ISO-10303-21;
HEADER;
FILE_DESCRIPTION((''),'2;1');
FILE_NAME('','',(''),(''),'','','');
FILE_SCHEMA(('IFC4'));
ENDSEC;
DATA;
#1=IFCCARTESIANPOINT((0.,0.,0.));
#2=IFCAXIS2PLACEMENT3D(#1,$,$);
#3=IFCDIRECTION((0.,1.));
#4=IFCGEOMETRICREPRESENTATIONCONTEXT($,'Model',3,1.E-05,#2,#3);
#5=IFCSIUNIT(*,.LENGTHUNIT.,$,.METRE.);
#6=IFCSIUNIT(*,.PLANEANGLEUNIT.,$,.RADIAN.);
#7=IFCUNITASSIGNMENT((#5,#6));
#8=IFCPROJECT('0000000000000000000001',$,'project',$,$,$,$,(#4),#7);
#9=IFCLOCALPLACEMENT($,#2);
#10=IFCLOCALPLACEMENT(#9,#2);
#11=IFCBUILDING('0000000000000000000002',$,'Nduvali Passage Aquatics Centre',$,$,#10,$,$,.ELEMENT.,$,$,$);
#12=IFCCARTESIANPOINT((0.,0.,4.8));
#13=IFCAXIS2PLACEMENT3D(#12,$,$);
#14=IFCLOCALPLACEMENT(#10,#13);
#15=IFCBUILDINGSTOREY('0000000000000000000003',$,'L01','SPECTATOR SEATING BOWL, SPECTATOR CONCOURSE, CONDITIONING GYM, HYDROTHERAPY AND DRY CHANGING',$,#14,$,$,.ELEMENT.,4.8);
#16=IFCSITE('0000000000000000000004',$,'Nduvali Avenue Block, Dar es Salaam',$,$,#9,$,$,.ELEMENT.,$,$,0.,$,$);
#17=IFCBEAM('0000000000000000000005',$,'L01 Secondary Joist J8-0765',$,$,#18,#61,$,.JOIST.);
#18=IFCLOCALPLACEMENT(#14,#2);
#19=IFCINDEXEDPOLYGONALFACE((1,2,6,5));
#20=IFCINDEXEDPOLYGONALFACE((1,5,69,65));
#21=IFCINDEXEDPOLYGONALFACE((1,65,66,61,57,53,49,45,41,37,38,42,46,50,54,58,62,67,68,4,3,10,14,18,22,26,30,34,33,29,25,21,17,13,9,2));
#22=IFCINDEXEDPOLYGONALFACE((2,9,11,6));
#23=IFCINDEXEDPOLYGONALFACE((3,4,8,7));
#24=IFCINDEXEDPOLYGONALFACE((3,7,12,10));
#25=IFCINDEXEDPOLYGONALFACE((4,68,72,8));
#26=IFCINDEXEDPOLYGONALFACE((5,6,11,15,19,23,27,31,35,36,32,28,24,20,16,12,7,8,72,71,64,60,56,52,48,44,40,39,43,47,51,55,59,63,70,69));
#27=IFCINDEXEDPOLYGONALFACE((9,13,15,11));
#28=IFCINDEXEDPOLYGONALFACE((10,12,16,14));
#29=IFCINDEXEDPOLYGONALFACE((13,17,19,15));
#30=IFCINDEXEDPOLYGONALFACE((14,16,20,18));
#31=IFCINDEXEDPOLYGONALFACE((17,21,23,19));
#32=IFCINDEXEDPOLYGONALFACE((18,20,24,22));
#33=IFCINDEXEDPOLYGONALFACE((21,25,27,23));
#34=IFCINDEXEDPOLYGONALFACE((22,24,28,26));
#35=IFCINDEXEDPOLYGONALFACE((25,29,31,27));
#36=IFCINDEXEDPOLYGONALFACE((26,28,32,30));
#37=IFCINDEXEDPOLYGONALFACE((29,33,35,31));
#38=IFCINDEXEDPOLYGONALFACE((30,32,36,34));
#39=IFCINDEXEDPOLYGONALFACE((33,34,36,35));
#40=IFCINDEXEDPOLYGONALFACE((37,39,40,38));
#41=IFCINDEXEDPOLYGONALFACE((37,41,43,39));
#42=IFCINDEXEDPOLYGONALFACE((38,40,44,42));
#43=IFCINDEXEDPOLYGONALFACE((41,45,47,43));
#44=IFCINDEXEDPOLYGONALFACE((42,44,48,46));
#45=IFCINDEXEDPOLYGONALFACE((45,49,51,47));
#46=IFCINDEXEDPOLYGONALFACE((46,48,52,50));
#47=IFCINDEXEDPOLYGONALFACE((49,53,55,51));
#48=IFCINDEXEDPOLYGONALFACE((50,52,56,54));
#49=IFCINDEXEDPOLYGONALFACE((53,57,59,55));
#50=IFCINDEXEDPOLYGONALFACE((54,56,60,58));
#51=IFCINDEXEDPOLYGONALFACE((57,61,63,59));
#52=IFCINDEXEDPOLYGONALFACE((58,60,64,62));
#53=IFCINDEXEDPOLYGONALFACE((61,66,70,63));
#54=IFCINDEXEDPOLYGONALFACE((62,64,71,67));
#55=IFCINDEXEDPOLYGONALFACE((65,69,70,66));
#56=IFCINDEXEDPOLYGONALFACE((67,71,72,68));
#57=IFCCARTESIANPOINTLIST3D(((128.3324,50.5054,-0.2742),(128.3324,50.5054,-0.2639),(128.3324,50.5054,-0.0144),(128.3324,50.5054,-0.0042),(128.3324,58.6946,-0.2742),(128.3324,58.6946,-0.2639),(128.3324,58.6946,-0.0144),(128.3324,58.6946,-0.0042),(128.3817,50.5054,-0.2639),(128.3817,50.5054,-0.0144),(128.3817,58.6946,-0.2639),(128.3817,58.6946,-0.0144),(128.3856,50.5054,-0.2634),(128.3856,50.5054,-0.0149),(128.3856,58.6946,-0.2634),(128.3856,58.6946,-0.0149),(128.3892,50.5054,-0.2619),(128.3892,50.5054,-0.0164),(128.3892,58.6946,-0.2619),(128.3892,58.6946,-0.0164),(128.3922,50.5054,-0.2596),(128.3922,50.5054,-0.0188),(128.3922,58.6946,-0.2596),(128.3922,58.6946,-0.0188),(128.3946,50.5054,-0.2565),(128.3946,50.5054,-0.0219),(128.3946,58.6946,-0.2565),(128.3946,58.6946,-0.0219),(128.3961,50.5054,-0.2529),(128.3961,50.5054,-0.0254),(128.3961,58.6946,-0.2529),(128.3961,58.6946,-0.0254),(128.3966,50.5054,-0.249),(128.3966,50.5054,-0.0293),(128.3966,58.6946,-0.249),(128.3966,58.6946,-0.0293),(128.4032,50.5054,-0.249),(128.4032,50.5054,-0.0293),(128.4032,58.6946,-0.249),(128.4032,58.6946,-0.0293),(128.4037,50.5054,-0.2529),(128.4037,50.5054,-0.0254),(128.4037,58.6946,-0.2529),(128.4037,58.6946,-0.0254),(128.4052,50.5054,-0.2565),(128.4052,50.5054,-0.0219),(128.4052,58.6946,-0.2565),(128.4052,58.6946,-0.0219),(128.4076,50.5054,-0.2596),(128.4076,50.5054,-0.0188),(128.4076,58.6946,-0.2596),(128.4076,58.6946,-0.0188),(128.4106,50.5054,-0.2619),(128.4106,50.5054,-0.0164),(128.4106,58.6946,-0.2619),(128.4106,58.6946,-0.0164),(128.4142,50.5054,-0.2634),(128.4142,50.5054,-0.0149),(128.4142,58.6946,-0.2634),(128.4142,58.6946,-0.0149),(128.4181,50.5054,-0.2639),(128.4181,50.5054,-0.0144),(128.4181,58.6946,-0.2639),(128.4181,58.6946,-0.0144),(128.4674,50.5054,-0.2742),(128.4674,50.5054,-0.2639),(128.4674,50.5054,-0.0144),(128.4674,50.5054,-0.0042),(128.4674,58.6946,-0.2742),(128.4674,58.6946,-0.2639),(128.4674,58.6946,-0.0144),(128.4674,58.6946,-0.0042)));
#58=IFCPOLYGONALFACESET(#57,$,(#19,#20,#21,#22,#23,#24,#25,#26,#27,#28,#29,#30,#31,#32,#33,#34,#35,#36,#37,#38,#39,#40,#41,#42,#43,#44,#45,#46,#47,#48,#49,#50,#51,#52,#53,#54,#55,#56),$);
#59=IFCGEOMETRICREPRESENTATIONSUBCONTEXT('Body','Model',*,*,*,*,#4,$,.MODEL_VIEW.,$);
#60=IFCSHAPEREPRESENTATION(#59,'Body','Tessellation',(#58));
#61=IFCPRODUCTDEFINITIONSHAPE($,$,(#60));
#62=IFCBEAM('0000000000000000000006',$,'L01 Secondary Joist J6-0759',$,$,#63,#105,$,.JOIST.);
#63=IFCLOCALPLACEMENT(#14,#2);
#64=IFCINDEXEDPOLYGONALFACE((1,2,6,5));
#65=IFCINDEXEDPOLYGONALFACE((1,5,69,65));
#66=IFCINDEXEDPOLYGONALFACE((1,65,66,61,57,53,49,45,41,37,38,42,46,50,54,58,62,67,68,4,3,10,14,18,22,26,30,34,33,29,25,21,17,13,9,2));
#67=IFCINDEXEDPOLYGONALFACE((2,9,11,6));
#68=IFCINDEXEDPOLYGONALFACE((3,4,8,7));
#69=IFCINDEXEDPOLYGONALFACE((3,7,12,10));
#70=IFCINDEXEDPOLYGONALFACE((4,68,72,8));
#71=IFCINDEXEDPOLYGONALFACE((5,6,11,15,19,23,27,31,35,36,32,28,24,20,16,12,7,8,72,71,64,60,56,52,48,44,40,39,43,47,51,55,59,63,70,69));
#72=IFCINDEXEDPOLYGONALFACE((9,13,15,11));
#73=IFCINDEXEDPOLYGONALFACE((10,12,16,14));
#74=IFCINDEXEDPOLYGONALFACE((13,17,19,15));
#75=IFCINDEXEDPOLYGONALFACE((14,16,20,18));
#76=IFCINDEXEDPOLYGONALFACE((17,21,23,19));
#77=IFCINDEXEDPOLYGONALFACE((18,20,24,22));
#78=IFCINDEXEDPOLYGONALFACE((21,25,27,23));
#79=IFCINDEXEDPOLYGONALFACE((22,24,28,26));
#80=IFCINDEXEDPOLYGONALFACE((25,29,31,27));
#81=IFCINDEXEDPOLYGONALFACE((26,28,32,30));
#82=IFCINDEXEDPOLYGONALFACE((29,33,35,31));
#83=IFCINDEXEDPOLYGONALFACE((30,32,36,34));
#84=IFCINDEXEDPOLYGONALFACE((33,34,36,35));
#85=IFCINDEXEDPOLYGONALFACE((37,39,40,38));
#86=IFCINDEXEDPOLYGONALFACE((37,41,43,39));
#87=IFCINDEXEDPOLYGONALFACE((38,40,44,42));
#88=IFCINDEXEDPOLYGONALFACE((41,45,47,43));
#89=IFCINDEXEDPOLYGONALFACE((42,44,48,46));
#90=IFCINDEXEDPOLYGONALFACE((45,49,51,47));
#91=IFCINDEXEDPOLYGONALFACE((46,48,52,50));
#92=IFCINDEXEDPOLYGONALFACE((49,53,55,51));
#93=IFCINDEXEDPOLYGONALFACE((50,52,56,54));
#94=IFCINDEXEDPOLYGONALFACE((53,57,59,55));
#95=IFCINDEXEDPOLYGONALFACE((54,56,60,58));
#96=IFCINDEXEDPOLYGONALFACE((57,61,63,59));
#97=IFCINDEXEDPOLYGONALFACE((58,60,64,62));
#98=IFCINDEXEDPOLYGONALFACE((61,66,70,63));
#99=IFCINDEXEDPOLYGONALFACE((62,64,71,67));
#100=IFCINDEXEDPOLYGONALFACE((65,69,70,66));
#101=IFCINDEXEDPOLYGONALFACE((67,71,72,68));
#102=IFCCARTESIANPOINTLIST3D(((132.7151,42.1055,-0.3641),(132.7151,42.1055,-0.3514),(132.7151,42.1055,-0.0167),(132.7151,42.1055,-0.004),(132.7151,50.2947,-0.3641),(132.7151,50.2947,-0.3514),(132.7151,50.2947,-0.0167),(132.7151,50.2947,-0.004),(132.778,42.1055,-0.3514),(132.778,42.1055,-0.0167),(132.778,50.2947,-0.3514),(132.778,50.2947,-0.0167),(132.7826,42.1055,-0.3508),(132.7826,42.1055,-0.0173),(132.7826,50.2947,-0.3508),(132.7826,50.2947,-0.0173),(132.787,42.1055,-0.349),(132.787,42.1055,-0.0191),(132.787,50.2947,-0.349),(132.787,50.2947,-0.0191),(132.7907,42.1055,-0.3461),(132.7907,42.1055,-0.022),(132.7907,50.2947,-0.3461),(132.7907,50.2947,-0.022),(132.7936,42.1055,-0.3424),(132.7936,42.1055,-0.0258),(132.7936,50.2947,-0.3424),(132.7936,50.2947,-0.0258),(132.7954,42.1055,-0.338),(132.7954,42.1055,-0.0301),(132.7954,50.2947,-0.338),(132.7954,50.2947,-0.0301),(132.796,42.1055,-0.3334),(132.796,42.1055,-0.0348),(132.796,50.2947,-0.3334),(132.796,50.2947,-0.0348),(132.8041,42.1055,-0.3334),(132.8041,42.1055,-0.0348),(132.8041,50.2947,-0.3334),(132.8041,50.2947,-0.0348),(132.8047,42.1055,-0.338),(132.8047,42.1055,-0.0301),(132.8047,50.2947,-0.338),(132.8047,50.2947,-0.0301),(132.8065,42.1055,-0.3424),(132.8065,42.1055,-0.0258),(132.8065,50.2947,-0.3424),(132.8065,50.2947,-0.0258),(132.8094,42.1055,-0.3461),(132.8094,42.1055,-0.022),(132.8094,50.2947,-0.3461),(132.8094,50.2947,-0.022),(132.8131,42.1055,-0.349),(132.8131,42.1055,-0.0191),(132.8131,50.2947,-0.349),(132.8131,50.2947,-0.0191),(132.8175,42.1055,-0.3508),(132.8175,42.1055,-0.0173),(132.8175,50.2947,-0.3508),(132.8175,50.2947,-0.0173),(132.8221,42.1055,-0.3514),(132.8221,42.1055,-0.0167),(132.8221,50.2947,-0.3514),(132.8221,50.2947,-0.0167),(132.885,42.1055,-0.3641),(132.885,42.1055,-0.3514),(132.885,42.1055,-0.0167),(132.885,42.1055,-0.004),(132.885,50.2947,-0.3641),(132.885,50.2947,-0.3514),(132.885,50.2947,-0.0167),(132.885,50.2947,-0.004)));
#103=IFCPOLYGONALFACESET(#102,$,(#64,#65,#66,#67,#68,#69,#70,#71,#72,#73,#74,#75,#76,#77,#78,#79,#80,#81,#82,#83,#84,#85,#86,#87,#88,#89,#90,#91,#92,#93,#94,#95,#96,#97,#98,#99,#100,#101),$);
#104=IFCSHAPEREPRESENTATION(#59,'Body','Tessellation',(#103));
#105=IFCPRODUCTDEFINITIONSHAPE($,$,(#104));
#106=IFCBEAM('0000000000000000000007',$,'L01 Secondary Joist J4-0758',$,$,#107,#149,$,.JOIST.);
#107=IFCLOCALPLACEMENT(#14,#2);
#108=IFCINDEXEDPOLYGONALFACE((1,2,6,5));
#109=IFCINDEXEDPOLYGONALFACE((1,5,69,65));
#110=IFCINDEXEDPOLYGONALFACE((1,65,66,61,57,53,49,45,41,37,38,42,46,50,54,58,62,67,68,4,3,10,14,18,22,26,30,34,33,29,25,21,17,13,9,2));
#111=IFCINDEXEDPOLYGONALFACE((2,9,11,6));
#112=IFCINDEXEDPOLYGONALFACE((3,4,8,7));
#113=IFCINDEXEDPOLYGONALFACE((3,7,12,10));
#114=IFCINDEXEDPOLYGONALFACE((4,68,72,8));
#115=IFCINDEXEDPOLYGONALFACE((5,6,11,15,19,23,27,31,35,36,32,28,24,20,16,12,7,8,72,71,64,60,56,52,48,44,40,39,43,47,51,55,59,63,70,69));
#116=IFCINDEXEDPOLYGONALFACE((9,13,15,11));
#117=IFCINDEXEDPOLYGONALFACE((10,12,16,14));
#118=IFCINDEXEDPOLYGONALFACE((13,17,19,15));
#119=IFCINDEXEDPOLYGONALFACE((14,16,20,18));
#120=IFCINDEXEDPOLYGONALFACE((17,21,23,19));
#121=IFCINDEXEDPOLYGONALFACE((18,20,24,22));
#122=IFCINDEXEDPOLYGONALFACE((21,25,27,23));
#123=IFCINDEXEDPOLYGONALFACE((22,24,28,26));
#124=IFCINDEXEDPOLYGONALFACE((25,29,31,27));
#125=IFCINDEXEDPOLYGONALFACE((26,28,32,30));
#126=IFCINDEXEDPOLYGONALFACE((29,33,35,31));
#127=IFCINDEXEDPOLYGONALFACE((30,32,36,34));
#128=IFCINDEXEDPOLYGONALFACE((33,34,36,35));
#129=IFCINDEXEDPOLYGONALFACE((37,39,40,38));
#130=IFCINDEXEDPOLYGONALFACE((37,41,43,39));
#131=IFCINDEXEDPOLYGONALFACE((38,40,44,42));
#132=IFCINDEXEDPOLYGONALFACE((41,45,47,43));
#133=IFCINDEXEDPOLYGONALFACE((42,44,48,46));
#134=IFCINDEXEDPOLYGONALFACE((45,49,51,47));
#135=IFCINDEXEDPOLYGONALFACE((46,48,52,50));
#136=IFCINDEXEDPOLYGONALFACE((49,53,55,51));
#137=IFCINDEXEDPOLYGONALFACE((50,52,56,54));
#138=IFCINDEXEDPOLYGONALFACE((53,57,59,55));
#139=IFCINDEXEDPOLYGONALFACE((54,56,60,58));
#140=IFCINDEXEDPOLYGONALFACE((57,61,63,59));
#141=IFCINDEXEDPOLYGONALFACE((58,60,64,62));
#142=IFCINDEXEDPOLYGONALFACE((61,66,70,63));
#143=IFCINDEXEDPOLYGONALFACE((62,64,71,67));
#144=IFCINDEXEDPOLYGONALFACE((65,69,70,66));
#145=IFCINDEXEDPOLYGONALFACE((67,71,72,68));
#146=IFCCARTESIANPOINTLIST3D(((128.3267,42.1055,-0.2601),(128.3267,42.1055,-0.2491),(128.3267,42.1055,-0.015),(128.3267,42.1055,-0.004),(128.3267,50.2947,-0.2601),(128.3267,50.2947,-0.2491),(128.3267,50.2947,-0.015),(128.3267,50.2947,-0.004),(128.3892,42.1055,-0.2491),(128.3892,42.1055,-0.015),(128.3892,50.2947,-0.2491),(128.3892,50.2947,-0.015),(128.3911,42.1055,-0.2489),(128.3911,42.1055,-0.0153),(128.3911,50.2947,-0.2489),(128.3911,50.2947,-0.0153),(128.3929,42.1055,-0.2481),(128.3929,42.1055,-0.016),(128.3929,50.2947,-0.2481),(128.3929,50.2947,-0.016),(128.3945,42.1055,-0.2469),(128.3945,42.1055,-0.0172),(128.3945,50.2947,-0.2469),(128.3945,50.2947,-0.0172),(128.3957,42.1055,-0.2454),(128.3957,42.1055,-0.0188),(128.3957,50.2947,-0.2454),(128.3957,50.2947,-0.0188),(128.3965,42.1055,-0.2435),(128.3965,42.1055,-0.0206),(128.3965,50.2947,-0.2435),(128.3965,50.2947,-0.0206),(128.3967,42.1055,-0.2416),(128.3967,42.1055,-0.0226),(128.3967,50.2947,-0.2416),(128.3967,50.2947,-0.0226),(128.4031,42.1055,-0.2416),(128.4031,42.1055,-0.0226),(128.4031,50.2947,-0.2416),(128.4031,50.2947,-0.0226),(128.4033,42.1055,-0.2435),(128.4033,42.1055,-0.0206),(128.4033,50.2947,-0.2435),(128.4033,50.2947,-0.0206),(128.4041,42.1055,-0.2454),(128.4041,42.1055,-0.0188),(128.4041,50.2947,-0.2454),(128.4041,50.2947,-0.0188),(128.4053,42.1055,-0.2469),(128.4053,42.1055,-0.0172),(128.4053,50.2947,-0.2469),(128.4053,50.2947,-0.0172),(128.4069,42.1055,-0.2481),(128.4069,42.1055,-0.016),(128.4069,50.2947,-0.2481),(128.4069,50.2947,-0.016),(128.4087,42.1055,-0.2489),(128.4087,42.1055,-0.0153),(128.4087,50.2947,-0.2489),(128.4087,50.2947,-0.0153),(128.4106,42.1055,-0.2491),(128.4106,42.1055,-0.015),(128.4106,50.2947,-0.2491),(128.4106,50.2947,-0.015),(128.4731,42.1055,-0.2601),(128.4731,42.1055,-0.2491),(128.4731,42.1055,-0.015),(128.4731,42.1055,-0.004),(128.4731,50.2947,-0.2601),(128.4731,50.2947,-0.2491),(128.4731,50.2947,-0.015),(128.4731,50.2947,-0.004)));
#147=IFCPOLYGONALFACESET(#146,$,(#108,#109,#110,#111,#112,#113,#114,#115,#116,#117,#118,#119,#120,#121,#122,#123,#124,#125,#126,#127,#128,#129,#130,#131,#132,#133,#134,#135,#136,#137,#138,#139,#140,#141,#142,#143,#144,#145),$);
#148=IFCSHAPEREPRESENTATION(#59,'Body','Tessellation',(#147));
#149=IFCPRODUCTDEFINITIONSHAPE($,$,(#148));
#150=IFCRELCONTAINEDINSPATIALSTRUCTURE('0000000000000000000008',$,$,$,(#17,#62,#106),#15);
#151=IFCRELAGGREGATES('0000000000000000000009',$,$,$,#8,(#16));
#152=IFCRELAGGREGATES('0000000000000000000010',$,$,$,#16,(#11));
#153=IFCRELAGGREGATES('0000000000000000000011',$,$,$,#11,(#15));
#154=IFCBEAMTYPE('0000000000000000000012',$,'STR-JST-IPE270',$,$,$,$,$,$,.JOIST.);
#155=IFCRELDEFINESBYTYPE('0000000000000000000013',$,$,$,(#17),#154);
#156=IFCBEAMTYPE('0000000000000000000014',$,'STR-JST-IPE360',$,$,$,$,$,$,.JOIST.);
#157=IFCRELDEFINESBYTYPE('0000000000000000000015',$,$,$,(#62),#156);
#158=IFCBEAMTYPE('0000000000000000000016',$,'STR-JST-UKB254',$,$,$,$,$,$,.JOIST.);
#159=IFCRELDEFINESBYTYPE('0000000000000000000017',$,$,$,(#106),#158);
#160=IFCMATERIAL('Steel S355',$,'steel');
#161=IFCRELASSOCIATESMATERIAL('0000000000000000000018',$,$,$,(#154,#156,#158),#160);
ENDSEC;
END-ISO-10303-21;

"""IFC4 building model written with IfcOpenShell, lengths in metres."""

from ifc_helpers import new_model, si_unit, direction, frame, origin, origin_2d, place, context, subcontext, project, spatial, i_section, extrude, material, material_profile, profile_set, type_object, element, save


model = new_model("IFC4")

# Units and contexts
model_context = context("Model", 3, precision=1e-05, world=origin(), true_north=direction((0.0, 1.0)))
body_context = subcontext(model_context, "Body", "Model", "MODEL_VIEW")
ifc_project = project(units=[si_unit("LENGTHUNIT", "METRE"), si_unit("PLANEANGLEUNIT", "RADIAN")], contexts=[model_context])

# Site, building, storey
site_placement = place(None, origin())
site = spatial("IfcSite", under=ifc_project, at=site_placement, Name="Nduvali Avenue Block, Dar es Salaam", CompositionType="ELEMENT", RefElevation=0.0)
building_placement = place(site_placement, origin())
building = spatial("IfcBuilding", under=site, at=building_placement, Name="Nduvali Passage Aquatics Centre", CompositionType="ELEMENT")
storey_placement = place(building_placement, frame((0.0, 0.0, 4.8)))
storey = spatial("IfcBuildingStorey", under=building, at=storey_placement, Name="L01", Description="SPECTATOR SEATING BOWL, SPECTATOR CONCOURSE, CONDITIONING GYM, HYDROTHERAPY AND DRY CHANGING", CompositionType="ELEMENT", Elevation=4.8)

# Beams
ifc_material_1 = material(Name="Steel S355", Category="steel")
ifc_material_profile_1 = material_profile(ifc_material_1, i_section(OverallWidth=0.135, OverallDepth=0.27, WebThickness=0.0066, FlangeThickness=0.0103, FilletRadius=0.0149, at=origin_2d()), Name="IPE 270")
ifc_profile_set_1 = profile_set([ifc_material_profile_1], Name="Steel S355")
beam_type_1 = type_object("IfcBeamType", Name="STR-JST-IPE270", PredefinedType="JOIST", material=ifc_profile_set_1)
beam_1_placement = place(storey_placement, frame((128.3999, 50.5054, -0.1392), z_axis=(0.0, 1.0, 0.0), x_axis=(-1.0, 0.0, 0.0)))
element("IfcBeam", 1, at=beam_1_placement, inside=storey, type_object=beam_type_1, Name="L01 Secondary Joist J8-0765", PredefinedType="JOIST", context=body_context, shape_type="SweptSolid", body=[
    extrude(i_section(OverallWidth=0.135, OverallDepth=0.27, WebThickness=0.0066, FlangeThickness=0.0103, FilletRadius=0.0149, at=origin_2d()), origin(), (0.0, 0.0, 1.0), 8.1892),
])
ifc_material_profile_2 = material_profile(ifc_material_1, i_section(OverallWidth=0.1699, OverallDepth=0.3601, WebThickness=0.0081, FlangeThickness=0.0127, FilletRadius=0.0181, at=origin_2d()), Name="IPE 360")
ifc_profile_set_2 = profile_set([ifc_material_profile_2], Name="Steel S355")
beam_type_2 = type_object("IfcBeamType", Name="STR-JST-IPE360", PredefinedType="JOIST", material=ifc_profile_set_2)
beam_2_placement = place(storey_placement, frame((132.8, 42.1055, -0.1841), z_axis=(0.0, 1.0, 0.0), x_axis=(-1.0, 0.0, 0.0)))
element("IfcBeam", 2, at=beam_2_placement, inside=storey, type_object=beam_type_2, Name="L01 Secondary Joist J6-0759", PredefinedType="JOIST", context=body_context, shape_type="SweptSolid", body=[
    extrude(i_section(OverallWidth=0.1699, OverallDepth=0.3601, WebThickness=0.0081, FlangeThickness=0.0127, FilletRadius=0.0181, at=origin_2d()), origin(), (0.0, 0.0, 1.0), 8.1892),
])
ifc_material_profile_3 = material_profile(ifc_material_1, i_section(OverallWidth=0.1465, OverallDepth=0.2561, WebThickness=0.0063, FlangeThickness=0.011, FilletRadius=0.0076, at=origin_2d()), Name="UKB 254x146x37")
ifc_profile_set_3 = profile_set([ifc_material_profile_3], Name="Steel S355")
beam_type_3 = type_object("IfcBeamType", Name="STR-JST-UKB254", PredefinedType="JOIST", material=ifc_profile_set_3)
beam_3_placement = place(storey_placement, frame((128.3999, 42.1055, -0.1321), z_axis=(0.0, 1.0, 0.0), x_axis=(-1.0, 0.0, 0.0)))
element("IfcBeam", 3, at=beam_3_placement, inside=storey, type_object=beam_type_3, Name="L01 Secondary Joist J4-0758", PredefinedType="JOIST", context=body_context, shape_type="SweptSolid", body=[
    extrude(i_section(OverallWidth=0.1465, OverallDepth=0.2561, WebThickness=0.0063, FlangeThickness=0.011, FilletRadius=0.0076, at=origin_2d()), origin(), (0.0, 0.0, 1.0), 8.1892),
])

save(model, "model.ifc")
